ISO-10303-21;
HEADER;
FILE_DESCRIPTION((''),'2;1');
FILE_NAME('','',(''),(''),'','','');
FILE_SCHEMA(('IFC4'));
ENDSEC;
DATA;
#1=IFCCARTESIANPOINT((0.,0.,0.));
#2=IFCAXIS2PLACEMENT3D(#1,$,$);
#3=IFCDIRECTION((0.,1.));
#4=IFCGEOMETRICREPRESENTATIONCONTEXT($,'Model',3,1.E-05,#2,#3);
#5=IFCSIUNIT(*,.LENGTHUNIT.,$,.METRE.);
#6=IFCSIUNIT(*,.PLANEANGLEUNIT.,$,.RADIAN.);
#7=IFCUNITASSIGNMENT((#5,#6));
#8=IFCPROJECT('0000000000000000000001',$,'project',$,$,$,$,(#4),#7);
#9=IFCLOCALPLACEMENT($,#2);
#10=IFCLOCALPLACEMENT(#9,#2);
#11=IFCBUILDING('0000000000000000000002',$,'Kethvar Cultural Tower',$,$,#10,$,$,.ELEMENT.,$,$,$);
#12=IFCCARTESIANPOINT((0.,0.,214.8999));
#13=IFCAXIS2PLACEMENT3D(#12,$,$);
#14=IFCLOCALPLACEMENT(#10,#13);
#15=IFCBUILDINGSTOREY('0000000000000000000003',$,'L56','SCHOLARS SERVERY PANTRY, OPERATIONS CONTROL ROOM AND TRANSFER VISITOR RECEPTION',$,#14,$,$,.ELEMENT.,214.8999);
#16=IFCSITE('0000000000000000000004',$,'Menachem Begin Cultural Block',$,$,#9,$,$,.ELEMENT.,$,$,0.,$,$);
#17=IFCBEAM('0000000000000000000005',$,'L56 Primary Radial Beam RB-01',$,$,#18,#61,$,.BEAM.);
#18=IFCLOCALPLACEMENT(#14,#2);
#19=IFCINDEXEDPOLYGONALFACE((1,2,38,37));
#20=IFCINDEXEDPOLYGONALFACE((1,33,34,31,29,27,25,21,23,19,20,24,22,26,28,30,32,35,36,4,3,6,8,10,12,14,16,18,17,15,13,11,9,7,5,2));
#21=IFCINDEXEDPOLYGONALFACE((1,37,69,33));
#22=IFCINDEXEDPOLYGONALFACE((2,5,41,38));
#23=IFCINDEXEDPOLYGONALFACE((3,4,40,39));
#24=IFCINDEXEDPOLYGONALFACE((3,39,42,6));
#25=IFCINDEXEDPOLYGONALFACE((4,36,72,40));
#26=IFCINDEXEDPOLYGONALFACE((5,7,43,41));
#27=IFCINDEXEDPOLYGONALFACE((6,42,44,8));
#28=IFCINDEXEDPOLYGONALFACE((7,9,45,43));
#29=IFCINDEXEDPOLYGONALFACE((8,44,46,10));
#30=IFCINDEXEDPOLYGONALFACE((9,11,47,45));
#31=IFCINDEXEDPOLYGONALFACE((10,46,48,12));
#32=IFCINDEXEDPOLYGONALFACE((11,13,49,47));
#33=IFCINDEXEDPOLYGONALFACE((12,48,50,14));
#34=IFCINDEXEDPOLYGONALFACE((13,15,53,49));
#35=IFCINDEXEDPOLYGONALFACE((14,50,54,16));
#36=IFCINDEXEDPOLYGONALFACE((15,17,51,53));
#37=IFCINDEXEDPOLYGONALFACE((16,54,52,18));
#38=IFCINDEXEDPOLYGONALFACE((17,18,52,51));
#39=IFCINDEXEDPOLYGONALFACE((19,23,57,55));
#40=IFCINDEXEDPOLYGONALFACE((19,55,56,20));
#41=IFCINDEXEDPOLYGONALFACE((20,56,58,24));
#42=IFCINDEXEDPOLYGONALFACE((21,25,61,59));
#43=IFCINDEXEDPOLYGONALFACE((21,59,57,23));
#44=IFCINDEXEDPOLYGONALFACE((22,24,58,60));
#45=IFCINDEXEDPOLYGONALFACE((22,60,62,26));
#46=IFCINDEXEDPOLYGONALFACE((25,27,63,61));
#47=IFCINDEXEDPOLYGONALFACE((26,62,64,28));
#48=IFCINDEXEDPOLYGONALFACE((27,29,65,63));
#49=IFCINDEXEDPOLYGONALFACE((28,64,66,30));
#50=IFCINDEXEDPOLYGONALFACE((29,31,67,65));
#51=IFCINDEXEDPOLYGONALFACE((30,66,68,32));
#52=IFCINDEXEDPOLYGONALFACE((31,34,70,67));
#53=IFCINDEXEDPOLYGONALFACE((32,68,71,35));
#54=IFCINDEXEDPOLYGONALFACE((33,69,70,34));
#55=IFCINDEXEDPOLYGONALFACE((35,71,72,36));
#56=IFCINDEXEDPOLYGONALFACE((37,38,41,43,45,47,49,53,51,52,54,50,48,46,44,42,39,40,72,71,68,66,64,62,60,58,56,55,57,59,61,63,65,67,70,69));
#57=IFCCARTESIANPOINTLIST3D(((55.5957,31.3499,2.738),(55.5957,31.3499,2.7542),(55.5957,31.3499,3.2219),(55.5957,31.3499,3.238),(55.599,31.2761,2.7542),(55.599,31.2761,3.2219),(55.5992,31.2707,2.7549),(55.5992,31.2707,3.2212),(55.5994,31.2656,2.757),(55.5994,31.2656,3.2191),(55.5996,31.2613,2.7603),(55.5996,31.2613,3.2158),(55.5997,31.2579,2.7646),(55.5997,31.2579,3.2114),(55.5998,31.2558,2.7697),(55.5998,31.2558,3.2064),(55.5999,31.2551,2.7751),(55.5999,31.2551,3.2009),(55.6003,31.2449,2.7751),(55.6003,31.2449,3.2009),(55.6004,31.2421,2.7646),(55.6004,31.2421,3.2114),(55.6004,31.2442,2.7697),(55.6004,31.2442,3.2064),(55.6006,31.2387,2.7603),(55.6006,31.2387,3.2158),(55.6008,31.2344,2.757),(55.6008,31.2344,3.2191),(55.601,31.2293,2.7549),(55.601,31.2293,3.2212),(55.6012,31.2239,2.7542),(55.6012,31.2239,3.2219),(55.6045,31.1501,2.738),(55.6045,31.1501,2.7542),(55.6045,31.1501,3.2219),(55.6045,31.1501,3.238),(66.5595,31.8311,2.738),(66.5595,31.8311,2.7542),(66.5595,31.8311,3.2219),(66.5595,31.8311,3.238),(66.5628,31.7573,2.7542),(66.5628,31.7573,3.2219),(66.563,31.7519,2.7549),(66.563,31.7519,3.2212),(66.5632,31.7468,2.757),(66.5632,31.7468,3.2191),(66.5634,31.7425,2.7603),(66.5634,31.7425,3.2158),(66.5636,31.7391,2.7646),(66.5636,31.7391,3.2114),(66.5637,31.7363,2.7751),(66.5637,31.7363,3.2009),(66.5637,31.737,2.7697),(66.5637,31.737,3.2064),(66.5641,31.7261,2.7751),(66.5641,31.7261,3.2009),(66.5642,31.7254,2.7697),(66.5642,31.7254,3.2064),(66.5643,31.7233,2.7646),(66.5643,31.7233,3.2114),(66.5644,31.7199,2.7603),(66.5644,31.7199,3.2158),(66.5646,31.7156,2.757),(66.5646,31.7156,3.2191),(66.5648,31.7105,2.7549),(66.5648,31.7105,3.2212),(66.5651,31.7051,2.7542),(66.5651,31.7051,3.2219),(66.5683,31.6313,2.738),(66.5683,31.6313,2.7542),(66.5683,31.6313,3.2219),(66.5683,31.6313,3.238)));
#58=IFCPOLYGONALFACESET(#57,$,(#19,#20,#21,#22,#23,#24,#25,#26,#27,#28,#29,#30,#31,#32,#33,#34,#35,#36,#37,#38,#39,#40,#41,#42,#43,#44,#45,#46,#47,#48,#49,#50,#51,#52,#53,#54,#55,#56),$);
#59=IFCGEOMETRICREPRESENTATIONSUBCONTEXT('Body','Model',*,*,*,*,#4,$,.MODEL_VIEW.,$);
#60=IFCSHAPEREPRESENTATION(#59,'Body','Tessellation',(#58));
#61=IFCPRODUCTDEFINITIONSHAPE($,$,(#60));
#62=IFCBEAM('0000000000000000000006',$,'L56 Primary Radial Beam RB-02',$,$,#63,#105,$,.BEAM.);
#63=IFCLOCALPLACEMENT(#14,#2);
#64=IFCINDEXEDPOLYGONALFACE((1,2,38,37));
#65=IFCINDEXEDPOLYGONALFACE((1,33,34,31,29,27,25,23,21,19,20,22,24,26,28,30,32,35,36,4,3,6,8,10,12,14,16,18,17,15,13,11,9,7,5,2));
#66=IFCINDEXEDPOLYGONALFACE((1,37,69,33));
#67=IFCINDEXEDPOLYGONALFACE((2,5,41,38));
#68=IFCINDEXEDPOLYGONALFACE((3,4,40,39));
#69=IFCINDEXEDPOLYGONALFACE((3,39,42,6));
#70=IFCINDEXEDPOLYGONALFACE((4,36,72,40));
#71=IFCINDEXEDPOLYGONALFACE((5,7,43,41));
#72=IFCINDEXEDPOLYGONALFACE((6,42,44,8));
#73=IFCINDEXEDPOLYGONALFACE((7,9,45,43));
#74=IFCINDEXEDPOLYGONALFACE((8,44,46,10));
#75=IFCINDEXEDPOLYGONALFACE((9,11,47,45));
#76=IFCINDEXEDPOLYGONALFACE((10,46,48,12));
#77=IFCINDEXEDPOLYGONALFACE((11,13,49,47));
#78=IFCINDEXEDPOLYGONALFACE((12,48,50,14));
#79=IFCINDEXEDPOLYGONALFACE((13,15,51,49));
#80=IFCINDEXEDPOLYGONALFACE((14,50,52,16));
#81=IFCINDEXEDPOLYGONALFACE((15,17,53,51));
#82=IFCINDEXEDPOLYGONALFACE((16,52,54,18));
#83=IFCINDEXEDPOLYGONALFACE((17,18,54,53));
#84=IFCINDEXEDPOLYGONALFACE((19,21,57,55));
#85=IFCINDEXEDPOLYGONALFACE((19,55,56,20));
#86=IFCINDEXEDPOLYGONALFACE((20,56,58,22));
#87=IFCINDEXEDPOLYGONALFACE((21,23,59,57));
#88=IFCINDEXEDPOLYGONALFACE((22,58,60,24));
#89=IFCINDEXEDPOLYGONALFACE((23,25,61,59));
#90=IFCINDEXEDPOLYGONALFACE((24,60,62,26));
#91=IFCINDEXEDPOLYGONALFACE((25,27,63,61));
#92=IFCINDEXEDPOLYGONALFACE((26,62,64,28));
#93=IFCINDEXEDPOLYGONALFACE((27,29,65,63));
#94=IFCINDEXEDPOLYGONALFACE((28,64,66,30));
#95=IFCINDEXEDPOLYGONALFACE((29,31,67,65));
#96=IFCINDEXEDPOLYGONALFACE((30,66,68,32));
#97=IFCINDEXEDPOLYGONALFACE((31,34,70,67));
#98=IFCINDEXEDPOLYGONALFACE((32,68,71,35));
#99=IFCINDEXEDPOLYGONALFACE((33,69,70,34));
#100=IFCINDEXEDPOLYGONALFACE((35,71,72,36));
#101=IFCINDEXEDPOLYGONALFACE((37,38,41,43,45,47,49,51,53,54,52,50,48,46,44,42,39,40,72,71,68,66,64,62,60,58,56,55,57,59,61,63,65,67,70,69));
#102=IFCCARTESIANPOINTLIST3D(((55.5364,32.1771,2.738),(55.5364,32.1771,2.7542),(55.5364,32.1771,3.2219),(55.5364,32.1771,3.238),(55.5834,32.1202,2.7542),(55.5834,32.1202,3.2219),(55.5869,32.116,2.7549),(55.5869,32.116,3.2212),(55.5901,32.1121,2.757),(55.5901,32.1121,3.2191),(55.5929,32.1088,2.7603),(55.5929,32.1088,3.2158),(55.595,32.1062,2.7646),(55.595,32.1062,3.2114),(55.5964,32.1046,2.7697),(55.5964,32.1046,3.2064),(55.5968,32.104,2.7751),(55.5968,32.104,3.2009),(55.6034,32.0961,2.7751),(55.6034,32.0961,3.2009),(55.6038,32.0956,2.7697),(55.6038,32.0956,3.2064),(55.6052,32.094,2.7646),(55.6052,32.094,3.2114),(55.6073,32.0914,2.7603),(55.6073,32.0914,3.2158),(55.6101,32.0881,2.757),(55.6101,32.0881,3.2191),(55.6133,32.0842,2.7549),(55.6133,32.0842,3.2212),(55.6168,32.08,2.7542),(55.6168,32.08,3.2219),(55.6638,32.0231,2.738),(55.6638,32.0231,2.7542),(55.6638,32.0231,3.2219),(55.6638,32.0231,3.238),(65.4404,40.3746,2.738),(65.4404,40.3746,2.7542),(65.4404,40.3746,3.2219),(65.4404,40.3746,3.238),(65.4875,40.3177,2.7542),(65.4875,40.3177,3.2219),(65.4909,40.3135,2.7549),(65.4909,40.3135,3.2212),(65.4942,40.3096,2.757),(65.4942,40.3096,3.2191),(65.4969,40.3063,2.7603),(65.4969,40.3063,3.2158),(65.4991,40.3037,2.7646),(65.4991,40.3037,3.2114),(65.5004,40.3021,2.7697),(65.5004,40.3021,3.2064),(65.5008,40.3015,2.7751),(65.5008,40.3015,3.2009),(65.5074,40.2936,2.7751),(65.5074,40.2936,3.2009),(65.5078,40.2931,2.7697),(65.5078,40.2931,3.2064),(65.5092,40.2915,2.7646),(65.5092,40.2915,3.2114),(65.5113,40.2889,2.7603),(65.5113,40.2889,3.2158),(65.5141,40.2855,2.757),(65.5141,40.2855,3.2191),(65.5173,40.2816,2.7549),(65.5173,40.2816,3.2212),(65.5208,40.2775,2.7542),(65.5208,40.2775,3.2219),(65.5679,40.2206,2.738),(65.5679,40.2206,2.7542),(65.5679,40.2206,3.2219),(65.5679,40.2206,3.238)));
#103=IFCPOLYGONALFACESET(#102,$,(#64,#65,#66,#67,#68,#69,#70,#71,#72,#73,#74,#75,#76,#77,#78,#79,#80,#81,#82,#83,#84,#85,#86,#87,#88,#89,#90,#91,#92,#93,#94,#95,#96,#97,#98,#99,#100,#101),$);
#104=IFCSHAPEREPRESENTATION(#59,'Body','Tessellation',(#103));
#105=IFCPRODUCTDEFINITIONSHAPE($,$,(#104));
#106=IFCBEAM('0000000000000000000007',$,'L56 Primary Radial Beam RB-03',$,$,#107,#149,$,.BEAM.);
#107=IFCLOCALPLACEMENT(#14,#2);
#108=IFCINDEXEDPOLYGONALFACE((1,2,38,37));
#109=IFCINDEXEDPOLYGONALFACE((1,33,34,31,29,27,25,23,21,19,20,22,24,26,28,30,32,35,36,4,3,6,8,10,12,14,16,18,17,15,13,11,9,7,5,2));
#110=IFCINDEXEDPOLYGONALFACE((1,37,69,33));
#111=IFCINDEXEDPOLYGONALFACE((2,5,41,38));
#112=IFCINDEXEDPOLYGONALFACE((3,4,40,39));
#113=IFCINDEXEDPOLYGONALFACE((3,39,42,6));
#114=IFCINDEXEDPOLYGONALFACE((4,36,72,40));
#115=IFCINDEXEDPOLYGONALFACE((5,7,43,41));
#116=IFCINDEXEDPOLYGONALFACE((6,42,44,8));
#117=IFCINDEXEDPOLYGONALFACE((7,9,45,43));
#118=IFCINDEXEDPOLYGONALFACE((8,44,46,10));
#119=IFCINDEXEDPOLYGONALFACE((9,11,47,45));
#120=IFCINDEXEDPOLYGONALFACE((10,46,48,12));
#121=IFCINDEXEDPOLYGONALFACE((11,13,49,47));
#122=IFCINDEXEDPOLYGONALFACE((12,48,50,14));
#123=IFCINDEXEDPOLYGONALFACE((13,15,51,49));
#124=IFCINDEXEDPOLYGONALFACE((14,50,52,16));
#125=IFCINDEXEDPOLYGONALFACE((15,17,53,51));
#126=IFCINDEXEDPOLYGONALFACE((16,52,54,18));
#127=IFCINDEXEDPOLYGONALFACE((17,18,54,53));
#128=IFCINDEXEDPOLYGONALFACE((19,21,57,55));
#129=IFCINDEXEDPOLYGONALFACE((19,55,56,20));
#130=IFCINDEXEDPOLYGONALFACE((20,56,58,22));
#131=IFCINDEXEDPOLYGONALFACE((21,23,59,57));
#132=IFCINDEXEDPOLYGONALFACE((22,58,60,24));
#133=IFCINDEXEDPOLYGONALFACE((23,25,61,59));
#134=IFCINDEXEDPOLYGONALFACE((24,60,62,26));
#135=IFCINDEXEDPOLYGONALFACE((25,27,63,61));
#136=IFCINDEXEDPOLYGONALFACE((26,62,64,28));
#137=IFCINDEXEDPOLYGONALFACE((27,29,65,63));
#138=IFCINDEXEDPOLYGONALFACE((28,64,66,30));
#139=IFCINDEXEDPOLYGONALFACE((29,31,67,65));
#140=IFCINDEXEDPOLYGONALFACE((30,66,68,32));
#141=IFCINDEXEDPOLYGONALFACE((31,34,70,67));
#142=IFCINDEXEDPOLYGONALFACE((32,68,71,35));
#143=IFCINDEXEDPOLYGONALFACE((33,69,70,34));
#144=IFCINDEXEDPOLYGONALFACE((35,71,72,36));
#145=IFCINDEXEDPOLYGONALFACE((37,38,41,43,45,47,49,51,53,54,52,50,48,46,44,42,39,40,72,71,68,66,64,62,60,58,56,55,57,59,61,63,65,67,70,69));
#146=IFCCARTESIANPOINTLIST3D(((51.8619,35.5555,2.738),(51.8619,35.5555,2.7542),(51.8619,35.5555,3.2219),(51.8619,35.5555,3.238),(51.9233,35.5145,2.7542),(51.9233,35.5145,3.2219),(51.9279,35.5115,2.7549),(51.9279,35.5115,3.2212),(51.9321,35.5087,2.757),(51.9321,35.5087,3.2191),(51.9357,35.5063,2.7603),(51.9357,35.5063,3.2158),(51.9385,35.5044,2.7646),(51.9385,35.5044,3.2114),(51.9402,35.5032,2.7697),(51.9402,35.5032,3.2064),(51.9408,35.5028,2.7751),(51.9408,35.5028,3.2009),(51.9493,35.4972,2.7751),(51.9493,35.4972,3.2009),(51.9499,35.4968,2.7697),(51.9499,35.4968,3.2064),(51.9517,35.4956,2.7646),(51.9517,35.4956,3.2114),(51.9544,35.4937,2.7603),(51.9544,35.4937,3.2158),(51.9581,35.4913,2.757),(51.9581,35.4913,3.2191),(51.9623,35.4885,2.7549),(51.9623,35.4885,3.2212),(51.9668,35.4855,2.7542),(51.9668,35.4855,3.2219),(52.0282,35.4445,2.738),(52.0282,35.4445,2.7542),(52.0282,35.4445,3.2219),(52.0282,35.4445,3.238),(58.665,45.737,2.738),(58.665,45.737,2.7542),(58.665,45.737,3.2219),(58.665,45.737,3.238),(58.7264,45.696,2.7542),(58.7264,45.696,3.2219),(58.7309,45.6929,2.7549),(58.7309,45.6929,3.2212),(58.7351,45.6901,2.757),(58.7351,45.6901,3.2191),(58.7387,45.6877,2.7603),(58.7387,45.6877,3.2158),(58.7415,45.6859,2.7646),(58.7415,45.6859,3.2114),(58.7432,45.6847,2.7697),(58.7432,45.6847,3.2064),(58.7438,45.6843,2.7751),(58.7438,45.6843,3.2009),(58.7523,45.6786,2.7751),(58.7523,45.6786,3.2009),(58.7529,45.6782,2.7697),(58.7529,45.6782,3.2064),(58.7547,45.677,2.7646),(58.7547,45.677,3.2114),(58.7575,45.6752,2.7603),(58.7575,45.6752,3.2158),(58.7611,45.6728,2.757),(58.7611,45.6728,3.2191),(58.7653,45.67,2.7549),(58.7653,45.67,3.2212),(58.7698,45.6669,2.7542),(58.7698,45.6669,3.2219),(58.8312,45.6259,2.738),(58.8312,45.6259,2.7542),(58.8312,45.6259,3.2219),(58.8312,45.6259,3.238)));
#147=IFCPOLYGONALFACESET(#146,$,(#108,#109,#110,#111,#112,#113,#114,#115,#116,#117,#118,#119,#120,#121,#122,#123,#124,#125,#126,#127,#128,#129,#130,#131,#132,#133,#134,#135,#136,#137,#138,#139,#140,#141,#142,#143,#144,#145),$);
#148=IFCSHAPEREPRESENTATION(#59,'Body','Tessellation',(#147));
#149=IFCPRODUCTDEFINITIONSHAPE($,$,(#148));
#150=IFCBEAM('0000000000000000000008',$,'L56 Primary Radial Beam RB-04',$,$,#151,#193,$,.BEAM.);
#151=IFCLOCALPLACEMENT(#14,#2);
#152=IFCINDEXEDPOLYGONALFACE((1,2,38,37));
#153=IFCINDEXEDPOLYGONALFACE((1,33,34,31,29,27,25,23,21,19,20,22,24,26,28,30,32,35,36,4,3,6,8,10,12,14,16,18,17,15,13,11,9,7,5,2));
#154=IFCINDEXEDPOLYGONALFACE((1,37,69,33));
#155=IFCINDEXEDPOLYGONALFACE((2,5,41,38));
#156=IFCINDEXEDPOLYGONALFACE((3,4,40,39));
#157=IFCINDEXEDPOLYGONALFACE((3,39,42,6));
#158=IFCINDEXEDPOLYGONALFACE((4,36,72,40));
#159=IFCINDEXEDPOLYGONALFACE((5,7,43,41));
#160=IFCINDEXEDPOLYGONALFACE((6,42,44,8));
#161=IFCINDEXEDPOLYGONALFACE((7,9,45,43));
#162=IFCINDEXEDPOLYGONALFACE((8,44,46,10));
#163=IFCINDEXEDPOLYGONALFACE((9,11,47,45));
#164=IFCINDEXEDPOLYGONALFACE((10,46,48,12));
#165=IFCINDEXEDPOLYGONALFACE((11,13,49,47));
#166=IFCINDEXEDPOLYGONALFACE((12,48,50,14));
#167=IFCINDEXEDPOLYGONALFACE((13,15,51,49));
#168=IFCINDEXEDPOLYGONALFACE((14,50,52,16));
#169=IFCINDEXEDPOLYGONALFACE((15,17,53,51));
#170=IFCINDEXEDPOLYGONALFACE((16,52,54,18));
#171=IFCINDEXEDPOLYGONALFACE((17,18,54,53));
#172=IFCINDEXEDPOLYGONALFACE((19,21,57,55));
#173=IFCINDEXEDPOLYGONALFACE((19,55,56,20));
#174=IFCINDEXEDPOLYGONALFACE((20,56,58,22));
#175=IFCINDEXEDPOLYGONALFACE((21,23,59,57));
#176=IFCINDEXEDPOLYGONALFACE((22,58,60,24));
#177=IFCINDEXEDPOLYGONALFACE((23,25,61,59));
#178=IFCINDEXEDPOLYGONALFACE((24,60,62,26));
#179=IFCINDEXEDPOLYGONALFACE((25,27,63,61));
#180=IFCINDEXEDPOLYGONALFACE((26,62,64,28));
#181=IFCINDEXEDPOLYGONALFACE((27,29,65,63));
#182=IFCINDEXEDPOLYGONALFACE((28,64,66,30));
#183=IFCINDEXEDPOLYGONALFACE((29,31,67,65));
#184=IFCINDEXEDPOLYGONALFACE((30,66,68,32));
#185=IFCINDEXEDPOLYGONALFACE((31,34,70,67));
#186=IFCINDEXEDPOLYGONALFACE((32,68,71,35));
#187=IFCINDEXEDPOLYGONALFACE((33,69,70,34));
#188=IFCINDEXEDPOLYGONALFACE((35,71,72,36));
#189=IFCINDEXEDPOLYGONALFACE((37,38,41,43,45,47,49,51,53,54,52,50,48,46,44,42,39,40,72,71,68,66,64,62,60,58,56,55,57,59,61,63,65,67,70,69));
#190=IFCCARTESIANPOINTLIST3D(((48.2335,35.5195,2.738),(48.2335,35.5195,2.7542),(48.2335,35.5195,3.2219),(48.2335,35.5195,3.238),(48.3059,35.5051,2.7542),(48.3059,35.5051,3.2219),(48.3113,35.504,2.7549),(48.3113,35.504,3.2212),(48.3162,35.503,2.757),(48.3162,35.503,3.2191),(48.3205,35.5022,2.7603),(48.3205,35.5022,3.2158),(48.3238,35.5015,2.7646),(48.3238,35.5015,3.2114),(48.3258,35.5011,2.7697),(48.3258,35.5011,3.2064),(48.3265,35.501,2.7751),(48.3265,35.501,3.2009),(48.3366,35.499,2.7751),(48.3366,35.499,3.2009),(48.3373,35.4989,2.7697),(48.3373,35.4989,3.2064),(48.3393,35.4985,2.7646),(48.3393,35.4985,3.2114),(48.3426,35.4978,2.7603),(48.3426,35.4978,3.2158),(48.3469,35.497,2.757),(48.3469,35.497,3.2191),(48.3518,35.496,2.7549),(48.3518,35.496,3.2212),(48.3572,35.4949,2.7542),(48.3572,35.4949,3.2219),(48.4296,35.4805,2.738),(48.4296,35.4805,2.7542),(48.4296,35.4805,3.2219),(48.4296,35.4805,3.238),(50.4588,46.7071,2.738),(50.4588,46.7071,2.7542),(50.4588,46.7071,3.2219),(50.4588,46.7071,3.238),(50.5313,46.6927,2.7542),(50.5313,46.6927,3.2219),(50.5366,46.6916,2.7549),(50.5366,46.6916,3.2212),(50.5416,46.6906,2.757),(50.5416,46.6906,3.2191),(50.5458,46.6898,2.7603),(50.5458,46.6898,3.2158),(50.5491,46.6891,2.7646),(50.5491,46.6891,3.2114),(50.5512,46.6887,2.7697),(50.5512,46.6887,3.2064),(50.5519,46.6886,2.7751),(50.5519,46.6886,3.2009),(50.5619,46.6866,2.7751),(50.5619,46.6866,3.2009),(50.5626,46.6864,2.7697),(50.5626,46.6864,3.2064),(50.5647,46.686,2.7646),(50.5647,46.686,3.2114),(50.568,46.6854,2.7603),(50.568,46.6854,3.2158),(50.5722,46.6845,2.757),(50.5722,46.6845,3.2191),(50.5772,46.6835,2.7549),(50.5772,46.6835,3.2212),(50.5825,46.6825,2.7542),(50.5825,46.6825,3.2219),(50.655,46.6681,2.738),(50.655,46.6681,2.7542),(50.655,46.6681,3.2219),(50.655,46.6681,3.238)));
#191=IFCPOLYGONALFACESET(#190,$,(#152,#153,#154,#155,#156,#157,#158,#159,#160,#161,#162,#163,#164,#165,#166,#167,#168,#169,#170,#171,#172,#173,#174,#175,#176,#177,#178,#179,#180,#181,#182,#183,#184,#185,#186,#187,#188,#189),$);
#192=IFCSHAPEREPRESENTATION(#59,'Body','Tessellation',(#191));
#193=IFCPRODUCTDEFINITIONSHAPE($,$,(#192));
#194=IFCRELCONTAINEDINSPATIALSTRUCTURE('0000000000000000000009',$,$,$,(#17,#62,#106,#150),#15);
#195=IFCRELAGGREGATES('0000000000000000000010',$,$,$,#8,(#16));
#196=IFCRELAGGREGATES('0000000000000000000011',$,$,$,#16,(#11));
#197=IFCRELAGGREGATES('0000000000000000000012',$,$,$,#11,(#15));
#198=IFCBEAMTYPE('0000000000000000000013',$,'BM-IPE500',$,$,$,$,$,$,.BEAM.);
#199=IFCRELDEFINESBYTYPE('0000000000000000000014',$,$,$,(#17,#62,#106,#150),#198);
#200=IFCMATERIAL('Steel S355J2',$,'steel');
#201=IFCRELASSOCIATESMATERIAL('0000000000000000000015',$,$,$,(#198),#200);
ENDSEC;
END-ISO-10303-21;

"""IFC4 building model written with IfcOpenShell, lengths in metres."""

from ifc_helpers import new_model, si_unit, direction, frame, origin, origin_2d, place, context, subcontext, project, spatial, i_section, extrude, source, transform, mapped, material, material_profile, profile_set, type_object, element, save


model = new_model("IFC4")

# Units and contexts
model_context = context("Model", 3, precision=1e-05, world=origin(), true_north=direction((0.0, 1.0)))
body_context = subcontext(model_context, "Body", "Model", "MODEL_VIEW")
ifc_project = project(units=[si_unit("LENGTHUNIT", "METRE"), si_unit("PLANEANGLEUNIT", "RADIAN")], contexts=[model_context])

# Site, building, storey
site_placement = place(None, origin())
site = spatial("IfcSite", under=ifc_project, at=site_placement, Name="Menachem Begin Cultural Block", CompositionType="ELEMENT", RefElevation=0.0)
building_placement = place(site_placement, origin())
building = spatial("IfcBuilding", under=site, at=building_placement, Name="Kethvar Cultural Tower", CompositionType="ELEMENT")
storey_placement = place(building_placement, frame((0.0, 0.0, 214.8999)))
storey = spatial("IfcBuildingStorey", under=building, at=storey_placement, Name="L56", Description="SCHOLARS SERVERY PANTRY, OPERATIONS CONTROL ROOM AND TRANSFER VISITOR RECEPTION", CompositionType="ELEMENT", Elevation=214.8999)

# Beams
ifc_material_1 = material(Name="Steel S355J2", Category="steel")
ifc_material_profile_1 = material_profile(ifc_material_1, i_section(OverallWidth=0.2, OverallDepth=0.5, WebThickness=0.0103, FlangeThickness=0.0161, FilletRadius=0.021, at=origin_2d()), Name="Steel S355J2 — IPE500")
ifc_profile_set_1 = profile_set([ifc_material_profile_1], Name="Steel S355J2 — IPE500")
beam_type_1 = type_object("IfcBeamType", Name="BM-IPE500", PredefinedType="BEAM", material=ifc_profile_set_1)
shared_shape_1 = source(origin(), body_context, "Body", "SweptSolid", [
    extrude(i_section(OverallWidth=0.2, OverallDepth=0.5, WebThickness=0.0103, FlangeThickness=0.0161, FilletRadius=0.021, at=origin_2d()), origin(), (0.0, 0.0, 1.0), 10.9744),
])
beam_1_placement = place(storey_placement, frame((55.6001, 31.25, 2.988), z_axis=(0.999038, 0.043848, 0.0), x_axis=(-0.043848, 0.999038, 0.0)))
element("IfcBeam", 1, at=beam_1_placement, inside=storey, type_object=beam_type_1, Name="L56 Primary Radial Beam RB-01", PredefinedType="BEAM", context=body_context, shape_type="MappedRepresentation", body=[
    mapped(shared_shape_1, transform((0.0, 0.0, 0.0), scale=1.0)),
])
shared_shape_2 = source(origin(), body_context, "Body", "SweptSolid", [
    extrude(i_section(OverallWidth=0.2, OverallDepth=0.5, WebThickness=0.0103, FlangeThickness=0.0161, FilletRadius=0.021, at=origin_2d()), origin(), (0.0, 0.0, 1.0), 12.8564),
])
beam_2_placement = place(storey_placement, frame((55.6001, 32.1001, 2.988), z_axis=(0.770354, 0.637616, 0.0), x_axis=(-0.637616, 0.770354, 0.0)))
element("IfcBeam", 2, at=beam_2_placement, inside=storey, type_object=beam_type_1, Name="L56 Primary Radial Beam RB-02", PredefinedType="BEAM", context=body_context, shape_type="MappedRepresentation", body=[
    mapped(shared_shape_2, transform((0.0, 0.0, 0.0), scale=1.0)),
])
shared_shape_3 = source(origin(), body_context, "Body", "SweptSolid", [
    extrude(i_section(OverallWidth=0.2, OverallDepth=0.5, WebThickness=0.0103, FlangeThickness=0.0161, FilletRadius=0.021, at=origin_2d()), origin(), (0.0, 0.0, 1.0), 12.2451),
])
beam_3_placement = place(storey_placement, frame((51.9451, 35.5, 2.988), z_axis=(0.555569, 0.83147, 0.0), x_axis=(-0.83147, 0.555569, 0.0)))
element("IfcBeam", 3, at=beam_3_placement, inside=storey, type_object=beam_type_1, Name="L56 Primary Radial Beam RB-03", PredefinedType="BEAM", context=body_context, shape_type="MappedRepresentation", body=[
    mapped(shared_shape_3, transform((0.0, 0.0, 0.0), scale=1.0)),
])
shared_shape_4 = source(origin(), body_context, "Body", "SweptSolid", [
    extrude(i_section(OverallWidth=0.2, OverallDepth=0.5, WebThickness=0.0103, FlangeThickness=0.0161, FilletRadius=0.021, at=origin_2d()), origin(), (0.0, 0.0, 1.0), 11.4067),
])
beam_4_placement = place(storey_placement, frame((48.3315, 35.5, 2.988), z_axis=(0.195091, 0.980785, 0.0), x_axis=(-0.980785, 0.195091, 0.0)))
element("IfcBeam", 4, at=beam_4_placement, inside=storey, type_object=beam_type_1, Name="L56 Primary Radial Beam RB-04", PredefinedType="BEAM", context=body_context, shape_type="MappedRepresentation", body=[
    mapped(shared_shape_4, transform((0.0, 0.0, 0.0), scale=1.0)),
])

save(model, "model.ifc")
